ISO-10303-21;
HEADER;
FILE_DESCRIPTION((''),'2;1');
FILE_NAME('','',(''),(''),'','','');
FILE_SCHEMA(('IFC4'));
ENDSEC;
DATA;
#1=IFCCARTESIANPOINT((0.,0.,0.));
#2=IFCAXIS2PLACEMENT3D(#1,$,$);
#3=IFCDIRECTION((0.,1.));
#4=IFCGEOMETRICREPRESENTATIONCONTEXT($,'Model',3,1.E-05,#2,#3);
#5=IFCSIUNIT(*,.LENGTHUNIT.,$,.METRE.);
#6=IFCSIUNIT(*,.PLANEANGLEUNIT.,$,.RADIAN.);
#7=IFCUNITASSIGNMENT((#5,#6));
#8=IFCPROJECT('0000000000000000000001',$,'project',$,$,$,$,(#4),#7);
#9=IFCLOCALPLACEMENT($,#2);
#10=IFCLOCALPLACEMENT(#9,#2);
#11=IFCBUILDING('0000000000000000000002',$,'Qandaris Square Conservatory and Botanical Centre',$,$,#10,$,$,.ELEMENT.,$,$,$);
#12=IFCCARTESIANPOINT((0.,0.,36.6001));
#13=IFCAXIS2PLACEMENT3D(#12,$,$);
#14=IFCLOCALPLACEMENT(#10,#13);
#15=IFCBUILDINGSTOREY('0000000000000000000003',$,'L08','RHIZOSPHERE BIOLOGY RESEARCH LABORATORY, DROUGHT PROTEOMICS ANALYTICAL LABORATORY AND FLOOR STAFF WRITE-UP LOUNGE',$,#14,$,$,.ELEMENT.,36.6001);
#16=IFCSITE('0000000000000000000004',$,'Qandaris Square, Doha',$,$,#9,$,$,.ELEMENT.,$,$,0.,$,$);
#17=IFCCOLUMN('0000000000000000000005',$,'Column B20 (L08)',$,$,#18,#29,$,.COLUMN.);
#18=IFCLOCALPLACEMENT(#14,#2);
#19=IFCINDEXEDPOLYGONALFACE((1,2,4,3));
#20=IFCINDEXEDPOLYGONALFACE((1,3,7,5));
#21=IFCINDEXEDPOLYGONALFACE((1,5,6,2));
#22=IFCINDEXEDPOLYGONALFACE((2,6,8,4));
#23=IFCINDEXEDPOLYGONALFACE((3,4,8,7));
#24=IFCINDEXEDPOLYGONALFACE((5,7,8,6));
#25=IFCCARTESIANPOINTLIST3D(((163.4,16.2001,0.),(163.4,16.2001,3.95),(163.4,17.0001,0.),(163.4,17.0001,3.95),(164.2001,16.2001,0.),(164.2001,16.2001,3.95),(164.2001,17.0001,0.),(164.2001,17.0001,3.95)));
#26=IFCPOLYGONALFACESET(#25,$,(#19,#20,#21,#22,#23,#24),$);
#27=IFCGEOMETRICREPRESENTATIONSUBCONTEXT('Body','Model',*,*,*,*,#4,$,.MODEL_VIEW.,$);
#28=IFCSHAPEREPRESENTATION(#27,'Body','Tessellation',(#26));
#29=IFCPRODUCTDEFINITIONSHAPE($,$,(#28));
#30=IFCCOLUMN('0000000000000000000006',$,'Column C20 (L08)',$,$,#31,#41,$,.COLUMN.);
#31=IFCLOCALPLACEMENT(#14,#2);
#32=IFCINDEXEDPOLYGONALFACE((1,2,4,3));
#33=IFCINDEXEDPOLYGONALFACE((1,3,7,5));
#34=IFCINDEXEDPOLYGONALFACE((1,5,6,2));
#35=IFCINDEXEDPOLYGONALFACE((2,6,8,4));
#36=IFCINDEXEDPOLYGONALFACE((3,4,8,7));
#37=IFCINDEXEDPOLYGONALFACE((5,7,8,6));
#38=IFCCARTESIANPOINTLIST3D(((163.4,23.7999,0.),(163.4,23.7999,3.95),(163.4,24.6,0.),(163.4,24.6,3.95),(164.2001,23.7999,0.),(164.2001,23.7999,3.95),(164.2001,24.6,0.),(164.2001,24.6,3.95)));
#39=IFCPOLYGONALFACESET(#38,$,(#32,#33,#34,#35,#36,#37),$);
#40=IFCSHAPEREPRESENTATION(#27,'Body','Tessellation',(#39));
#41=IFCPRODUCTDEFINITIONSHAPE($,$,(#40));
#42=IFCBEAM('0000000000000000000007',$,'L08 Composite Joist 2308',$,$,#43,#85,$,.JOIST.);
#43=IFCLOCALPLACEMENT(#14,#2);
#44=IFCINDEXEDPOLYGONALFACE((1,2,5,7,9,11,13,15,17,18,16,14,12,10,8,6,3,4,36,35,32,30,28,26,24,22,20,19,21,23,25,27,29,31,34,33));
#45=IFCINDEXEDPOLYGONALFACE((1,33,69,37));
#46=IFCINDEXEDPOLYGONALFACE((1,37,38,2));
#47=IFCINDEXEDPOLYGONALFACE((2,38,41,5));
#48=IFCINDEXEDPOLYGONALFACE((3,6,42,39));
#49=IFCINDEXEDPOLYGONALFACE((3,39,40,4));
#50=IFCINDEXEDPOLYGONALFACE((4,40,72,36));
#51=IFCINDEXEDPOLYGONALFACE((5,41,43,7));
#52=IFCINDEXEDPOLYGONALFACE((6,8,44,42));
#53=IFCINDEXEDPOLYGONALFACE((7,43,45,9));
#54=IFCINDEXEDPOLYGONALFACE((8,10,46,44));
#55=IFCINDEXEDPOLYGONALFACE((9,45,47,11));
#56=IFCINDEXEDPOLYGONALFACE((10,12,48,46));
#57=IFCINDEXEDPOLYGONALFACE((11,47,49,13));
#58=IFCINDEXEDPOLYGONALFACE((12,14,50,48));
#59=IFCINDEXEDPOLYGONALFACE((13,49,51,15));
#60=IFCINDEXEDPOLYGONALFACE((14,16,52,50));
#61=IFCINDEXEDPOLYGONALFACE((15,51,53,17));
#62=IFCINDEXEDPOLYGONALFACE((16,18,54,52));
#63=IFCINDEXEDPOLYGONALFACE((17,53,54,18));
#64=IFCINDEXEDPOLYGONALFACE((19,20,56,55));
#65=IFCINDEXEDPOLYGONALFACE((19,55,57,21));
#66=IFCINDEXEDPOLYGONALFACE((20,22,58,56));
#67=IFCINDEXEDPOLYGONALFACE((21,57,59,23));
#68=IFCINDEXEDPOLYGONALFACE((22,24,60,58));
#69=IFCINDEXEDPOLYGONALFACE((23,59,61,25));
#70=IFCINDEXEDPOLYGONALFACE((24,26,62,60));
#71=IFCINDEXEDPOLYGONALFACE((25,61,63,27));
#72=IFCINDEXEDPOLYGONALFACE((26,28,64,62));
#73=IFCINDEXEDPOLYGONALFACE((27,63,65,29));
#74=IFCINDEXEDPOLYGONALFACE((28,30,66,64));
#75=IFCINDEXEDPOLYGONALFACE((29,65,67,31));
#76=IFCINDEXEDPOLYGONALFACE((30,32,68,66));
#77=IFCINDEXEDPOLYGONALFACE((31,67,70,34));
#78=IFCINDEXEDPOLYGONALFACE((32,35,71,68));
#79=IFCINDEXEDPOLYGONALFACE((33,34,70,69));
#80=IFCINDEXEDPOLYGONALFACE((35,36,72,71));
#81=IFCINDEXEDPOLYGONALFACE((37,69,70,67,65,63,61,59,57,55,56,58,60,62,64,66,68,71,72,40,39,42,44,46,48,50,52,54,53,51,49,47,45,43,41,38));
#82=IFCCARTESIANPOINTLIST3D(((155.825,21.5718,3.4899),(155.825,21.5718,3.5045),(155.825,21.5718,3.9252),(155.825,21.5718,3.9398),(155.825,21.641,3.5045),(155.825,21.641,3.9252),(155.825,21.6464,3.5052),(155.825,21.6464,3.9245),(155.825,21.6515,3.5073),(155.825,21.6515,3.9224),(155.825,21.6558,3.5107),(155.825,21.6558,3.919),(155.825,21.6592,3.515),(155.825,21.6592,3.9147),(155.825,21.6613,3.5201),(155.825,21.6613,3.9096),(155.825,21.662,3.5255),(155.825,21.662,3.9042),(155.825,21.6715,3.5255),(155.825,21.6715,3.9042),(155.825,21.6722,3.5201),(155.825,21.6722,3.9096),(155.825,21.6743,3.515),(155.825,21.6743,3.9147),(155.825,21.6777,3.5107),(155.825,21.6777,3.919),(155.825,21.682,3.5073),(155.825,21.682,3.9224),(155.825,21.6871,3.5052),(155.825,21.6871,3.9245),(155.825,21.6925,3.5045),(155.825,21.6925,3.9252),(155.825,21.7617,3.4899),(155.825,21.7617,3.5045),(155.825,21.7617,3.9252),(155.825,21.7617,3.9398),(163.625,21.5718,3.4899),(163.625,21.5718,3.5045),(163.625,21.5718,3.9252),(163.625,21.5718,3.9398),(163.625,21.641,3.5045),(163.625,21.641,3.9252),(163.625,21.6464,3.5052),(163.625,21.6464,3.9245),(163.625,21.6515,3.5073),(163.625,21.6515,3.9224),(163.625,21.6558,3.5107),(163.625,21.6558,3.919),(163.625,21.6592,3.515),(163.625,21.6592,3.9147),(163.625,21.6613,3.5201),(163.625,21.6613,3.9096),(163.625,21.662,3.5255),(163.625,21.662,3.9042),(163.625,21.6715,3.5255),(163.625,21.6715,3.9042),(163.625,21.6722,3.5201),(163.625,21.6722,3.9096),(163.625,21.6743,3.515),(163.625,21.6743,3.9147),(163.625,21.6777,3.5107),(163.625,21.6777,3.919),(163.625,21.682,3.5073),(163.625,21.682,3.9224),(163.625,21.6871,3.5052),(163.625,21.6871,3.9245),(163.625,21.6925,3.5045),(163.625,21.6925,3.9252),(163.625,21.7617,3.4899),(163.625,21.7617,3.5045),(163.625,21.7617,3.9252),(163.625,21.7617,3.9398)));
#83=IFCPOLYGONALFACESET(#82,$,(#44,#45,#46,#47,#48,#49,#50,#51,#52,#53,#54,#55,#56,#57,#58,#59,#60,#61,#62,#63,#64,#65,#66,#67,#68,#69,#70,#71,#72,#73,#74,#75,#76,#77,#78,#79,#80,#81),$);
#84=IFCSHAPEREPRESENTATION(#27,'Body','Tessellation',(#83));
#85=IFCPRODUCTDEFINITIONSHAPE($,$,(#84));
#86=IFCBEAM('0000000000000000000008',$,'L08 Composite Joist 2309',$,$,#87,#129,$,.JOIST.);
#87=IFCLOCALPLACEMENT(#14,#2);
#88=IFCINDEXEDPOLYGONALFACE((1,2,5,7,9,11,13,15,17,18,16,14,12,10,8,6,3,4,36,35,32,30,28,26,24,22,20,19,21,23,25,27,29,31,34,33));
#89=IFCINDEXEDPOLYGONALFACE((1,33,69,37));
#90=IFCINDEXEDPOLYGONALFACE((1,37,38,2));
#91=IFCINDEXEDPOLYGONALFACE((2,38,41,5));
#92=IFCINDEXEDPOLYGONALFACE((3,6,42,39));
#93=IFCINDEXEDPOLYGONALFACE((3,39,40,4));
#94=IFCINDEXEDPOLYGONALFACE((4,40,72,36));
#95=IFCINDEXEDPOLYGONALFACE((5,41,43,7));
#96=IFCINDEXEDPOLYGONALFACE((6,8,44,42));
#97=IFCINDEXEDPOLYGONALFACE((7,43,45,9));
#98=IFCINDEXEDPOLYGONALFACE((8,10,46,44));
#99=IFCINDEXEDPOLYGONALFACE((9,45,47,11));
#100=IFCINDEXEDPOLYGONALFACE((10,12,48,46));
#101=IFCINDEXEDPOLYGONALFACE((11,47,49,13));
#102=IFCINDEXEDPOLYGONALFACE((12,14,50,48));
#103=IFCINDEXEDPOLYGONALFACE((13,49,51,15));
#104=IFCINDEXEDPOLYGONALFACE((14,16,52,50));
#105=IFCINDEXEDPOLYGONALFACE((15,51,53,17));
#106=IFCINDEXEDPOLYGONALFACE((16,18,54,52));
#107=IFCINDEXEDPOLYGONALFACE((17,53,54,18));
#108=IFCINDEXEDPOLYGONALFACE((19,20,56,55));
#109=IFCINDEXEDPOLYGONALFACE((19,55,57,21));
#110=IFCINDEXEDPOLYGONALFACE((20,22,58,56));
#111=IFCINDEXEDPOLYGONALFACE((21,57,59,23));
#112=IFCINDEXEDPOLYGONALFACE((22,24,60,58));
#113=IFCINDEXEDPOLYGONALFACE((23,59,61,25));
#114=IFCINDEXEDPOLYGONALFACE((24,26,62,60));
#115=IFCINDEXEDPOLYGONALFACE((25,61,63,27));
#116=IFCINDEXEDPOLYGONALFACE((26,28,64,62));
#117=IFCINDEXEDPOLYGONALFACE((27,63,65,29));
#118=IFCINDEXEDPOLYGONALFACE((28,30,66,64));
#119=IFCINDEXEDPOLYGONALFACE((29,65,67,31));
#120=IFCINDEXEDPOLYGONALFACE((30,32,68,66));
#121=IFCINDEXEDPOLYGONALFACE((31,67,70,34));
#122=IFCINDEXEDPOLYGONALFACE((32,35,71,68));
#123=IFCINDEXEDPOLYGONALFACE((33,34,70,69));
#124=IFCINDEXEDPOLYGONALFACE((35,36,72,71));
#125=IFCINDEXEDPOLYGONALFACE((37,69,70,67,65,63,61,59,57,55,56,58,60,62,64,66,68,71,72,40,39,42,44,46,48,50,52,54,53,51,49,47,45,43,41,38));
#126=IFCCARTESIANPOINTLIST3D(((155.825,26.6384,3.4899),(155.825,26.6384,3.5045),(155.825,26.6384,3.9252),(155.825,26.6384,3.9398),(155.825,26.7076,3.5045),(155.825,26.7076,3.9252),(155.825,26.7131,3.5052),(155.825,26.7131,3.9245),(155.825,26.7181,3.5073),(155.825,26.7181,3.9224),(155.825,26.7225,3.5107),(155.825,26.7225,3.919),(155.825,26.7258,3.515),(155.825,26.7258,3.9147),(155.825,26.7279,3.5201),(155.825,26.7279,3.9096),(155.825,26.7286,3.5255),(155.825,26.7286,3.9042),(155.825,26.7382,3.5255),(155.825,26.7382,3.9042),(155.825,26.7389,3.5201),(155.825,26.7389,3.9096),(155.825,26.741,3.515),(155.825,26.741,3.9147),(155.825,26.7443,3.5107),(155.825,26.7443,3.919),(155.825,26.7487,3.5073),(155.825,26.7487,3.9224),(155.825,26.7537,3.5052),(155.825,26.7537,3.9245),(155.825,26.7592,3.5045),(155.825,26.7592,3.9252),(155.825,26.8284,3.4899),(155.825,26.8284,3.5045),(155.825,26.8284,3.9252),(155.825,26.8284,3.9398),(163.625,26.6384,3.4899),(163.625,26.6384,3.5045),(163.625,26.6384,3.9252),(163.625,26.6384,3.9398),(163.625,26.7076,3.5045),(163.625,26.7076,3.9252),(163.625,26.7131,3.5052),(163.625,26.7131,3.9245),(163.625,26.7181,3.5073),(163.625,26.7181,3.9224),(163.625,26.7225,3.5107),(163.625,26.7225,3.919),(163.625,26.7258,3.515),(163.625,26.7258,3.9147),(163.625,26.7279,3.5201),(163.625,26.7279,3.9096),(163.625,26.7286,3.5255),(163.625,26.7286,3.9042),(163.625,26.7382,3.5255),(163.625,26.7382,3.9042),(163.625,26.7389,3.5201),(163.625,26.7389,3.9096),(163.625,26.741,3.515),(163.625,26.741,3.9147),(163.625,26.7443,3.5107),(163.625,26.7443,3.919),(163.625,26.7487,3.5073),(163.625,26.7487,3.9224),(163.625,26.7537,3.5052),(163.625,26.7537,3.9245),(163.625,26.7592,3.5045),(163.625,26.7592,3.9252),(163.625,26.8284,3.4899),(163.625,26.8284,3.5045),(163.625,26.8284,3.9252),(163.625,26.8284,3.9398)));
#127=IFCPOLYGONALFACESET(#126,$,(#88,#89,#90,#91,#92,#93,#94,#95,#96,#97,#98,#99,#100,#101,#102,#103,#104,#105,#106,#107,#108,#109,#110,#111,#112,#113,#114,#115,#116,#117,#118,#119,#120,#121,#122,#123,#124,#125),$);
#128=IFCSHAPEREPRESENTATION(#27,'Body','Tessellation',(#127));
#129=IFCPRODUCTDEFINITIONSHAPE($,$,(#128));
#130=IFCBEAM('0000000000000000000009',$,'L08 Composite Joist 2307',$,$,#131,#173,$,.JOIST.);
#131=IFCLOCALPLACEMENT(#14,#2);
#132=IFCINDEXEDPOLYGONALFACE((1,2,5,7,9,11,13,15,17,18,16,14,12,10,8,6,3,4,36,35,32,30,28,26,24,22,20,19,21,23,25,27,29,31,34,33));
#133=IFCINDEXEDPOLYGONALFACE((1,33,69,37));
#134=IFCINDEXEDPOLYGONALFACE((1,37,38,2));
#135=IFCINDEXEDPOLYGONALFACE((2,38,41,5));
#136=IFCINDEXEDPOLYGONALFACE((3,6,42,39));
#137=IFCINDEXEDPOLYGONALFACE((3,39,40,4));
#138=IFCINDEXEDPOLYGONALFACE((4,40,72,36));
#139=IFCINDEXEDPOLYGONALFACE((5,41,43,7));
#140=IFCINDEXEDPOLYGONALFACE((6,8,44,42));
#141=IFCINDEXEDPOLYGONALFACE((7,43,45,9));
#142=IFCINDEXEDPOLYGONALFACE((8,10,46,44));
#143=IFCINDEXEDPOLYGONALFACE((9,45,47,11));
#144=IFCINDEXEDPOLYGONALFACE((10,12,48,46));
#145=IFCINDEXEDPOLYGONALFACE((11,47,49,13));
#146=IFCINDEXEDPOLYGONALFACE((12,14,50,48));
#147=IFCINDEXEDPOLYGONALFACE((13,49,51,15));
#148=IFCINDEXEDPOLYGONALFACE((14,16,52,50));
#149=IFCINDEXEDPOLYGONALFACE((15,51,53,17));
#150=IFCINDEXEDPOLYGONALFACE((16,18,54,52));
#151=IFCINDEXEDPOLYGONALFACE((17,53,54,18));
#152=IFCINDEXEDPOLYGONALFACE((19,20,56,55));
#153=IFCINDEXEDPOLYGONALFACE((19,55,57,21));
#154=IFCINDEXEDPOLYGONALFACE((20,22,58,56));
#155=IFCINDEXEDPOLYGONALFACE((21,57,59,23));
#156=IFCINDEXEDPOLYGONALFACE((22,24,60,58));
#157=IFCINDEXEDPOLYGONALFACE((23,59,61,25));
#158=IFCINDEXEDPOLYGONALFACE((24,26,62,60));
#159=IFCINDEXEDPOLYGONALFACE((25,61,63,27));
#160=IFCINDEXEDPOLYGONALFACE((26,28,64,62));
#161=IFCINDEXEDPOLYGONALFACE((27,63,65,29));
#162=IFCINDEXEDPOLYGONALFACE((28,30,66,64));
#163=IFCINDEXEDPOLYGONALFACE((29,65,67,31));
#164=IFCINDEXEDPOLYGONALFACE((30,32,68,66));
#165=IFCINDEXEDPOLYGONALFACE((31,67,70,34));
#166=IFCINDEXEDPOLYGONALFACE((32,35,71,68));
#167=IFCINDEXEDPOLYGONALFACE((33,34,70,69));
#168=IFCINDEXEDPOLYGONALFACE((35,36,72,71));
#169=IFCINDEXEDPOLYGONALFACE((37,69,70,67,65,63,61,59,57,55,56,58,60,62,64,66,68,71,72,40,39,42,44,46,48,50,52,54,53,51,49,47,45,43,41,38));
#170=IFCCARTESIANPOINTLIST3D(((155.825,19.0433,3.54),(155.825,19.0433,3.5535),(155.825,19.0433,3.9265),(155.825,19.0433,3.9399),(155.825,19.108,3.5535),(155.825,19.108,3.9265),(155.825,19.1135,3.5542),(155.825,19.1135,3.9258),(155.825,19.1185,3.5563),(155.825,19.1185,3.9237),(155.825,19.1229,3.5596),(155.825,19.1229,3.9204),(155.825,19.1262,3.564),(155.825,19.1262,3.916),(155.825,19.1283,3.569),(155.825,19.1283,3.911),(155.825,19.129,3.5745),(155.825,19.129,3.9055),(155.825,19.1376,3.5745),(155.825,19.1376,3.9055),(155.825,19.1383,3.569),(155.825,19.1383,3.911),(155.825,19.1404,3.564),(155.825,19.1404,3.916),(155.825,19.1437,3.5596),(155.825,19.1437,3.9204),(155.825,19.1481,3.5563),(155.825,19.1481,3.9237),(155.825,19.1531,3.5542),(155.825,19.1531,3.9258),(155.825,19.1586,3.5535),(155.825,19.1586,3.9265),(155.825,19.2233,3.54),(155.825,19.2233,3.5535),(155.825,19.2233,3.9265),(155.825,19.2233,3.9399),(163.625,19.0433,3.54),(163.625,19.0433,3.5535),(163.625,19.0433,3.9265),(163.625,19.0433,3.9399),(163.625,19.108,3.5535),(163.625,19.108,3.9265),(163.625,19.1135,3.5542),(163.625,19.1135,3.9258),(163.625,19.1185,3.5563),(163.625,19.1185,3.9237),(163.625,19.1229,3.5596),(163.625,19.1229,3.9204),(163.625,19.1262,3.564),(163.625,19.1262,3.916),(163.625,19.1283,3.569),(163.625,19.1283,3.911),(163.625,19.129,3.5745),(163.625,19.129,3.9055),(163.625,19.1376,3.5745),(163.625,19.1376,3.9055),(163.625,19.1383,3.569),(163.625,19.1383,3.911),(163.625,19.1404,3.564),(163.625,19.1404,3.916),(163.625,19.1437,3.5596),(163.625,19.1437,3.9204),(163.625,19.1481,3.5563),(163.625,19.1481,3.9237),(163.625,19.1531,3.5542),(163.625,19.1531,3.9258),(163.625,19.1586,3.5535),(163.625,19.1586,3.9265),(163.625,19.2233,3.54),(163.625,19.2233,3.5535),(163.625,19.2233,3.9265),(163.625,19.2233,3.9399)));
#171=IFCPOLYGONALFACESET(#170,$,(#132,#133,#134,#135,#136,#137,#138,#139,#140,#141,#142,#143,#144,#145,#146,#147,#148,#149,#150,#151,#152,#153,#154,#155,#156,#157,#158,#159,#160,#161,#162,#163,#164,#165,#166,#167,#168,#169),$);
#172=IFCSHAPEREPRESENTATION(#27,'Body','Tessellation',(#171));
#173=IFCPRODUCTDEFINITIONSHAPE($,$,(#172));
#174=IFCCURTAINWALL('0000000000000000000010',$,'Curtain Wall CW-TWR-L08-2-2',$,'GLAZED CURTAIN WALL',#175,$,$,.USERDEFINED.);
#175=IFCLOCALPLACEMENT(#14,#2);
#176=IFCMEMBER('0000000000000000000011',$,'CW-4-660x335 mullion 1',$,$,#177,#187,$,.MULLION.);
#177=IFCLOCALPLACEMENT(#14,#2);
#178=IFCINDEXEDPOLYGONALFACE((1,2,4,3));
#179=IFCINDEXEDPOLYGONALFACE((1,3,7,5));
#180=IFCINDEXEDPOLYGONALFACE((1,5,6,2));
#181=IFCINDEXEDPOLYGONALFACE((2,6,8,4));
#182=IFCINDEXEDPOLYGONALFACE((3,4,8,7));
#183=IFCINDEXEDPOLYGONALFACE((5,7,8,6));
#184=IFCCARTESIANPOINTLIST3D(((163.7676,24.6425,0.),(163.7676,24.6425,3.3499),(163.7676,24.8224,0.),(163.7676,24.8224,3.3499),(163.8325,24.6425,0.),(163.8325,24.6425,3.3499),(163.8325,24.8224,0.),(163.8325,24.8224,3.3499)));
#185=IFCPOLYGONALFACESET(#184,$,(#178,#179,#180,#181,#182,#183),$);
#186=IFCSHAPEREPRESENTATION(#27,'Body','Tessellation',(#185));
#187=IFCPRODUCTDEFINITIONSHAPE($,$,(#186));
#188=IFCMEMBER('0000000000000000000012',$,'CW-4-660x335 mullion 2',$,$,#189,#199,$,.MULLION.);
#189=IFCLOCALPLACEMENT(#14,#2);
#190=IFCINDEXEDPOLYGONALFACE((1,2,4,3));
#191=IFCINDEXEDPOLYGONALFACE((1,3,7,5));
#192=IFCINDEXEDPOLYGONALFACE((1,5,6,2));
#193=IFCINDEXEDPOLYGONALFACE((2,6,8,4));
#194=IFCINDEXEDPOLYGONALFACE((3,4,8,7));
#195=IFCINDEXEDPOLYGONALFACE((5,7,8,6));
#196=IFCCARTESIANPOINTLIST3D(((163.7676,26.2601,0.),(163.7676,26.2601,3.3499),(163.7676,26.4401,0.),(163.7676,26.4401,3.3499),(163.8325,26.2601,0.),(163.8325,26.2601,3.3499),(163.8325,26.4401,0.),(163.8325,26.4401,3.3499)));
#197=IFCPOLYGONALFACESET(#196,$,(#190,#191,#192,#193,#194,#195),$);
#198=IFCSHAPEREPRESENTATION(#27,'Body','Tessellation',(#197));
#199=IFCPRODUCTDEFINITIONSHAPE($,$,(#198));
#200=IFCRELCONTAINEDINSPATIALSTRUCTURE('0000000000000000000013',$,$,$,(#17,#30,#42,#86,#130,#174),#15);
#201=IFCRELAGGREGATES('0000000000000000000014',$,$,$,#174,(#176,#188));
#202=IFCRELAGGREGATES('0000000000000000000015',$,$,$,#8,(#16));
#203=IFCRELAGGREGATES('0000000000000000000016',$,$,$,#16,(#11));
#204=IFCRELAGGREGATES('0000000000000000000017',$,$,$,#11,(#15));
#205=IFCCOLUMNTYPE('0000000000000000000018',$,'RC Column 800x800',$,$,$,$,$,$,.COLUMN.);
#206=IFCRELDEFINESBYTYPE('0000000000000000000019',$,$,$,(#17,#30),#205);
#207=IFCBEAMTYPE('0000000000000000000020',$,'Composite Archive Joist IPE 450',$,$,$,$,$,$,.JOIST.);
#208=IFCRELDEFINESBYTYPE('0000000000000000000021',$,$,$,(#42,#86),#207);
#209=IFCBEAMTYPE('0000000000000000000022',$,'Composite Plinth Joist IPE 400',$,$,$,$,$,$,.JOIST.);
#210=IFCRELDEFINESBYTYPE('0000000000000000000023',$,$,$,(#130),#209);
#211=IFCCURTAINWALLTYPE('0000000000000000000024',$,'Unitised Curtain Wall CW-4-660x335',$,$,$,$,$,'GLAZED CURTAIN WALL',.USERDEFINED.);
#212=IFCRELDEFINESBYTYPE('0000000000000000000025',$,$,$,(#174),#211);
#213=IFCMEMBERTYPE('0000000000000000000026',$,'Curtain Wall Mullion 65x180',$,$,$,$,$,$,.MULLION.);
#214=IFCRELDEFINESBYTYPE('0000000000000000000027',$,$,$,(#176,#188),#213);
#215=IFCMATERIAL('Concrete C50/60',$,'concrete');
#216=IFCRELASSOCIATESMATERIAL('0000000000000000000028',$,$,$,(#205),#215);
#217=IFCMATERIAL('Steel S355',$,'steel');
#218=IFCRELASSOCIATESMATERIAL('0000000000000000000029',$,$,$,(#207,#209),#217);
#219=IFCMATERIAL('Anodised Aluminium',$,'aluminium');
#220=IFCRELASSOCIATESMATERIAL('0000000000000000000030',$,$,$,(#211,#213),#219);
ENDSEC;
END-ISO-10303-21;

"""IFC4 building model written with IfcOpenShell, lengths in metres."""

from ifc_helpers import new_model, si_unit, direction, frame, origin, origin_2d, place, context, subcontext, project, spatial, rectangle, i_section, extrude, material, material_profile, profile_set, type_object, element, aggregate, save


model = new_model("IFC4")

# Units and contexts
model_context = context("Model", 3, precision=1e-05, world=origin(), true_north=direction((0.0, 1.0)))
body_context = subcontext(model_context, "Body", "Model", "MODEL_VIEW")
ifc_project = project(units=[si_unit("LENGTHUNIT", "METRE"), si_unit("PLANEANGLEUNIT", "RADIAN")], contexts=[model_context])

# Site, building, storey
site_placement = place(None, origin())
site = spatial("IfcSite", under=ifc_project, at=site_placement, Name="Qandaris Square, Doha", CompositionType="ELEMENT", RefElevation=0.0)
building_placement = place(site_placement, origin())
building = spatial("IfcBuilding", under=site, at=building_placement, Name="Qandaris Square Conservatory and Botanical Centre", CompositionType="ELEMENT")
storey_placement = place(building_placement, frame((0.0, 0.0, 36.6001)))
storey = spatial("IfcBuildingStorey", under=building, at=storey_placement, Name="L08", Description="RHIZOSPHERE BIOLOGY RESEARCH LABORATORY, DROUGHT PROTEOMICS ANALYTICAL LABORATORY AND FLOOR STAFF WRITE-UP LOUNGE", CompositionType="ELEMENT", Elevation=36.6001)

# Columns
ifc_material_1 = material(Name="Concrete C50/60", Category="concrete")
ifc_material_profile_1 = material_profile(ifc_material_1, rectangle(XDim=0.8, YDim=0.8, at=origin_2d()), Name="RC-COL 800x800")
ifc_profile_set_1 = profile_set([ifc_material_profile_1], Name="Concrete C50/60")
column_type = type_object("IfcColumnType", Name="RC Column 800x800", PredefinedType="COLUMN", material=ifc_profile_set_1)
for number, where, z_axis, x_axis, name in (
    (1, (163.8, 16.6001, 0.0), (0.0, 0.0, 1.0), (1.0, 0.0, 0.0), "Column B20 (L08)"),
    (2, (163.8, 24.2, 0.0), (0.0, 0.0, 1.0), (1.0, 0.0, 0.0), "Column C20 (L08)"),
):
    element("IfcColumn", number, at=place(storey_placement, frame(where, z_axis=z_axis, x_axis=x_axis)), inside=storey, type_object=column_type, Name=name, PredefinedType="COLUMN", context=body_context, shape_type="SweptSolid", body=[
        extrude(rectangle(XDim=0.8, YDim=0.8, at=origin_2d()), origin(), (0.0, 0.0, 1.0), 3.95),
    ])

# Beams
ifc_material_2 = material(Name="Steel S355", Category="steel")
ifc_material_profile_2 = material_profile(ifc_material_2, i_section(OverallWidth=0.1899, OverallDepth=0.45, WebThickness=0.0095, FlangeThickness=0.0146, FilletRadius=0.021, at=origin_2d()), Name="IPE 450")
ifc_profile_set_2 = profile_set([ifc_material_profile_2], Name="Steel S355")
beam_type_1 = type_object("IfcBeamType", Name="Composite Archive Joist IPE 450", PredefinedType="JOIST", material=ifc_profile_set_2)
for number, where, z_axis, x_axis, name in (
    (3, (155.825, 21.6667, 3.7148), (1.0, 0.0, 0.0), (0.0, 1.0, 0.0), "L08 Composite Joist 2308"),
    (4, (155.825, 26.7334, 3.7148), (1.0, 0.0, 0.0), (0.0, 1.0, 0.0), "L08 Composite Joist 2309"),
):
    element("IfcBeam", number, at=place(storey_placement, frame(where, z_axis=z_axis, x_axis=x_axis)), inside=storey, type_object=beam_type_1, Name=name, PredefinedType="JOIST", context=body_context, shape_type="SweptSolid", body=[
        extrude(i_section(OverallWidth=0.1899, OverallDepth=0.45, WebThickness=0.0095, FlangeThickness=0.0146, FilletRadius=0.021, at=origin_2d()), origin(), (0.0, 0.0, 1.0), 7.8),
    ])
ifc_material_profile_3 = material_profile(ifc_material_2, i_section(OverallWidth=0.1799, OverallDepth=0.3999, WebThickness=0.0085, FlangeThickness=0.0134, FilletRadius=0.021, at=origin_2d()), Name="IPE 400")
ifc_profile_set_3 = profile_set([ifc_material_profile_3], Name="Steel S355")
beam_type_2 = type_object("IfcBeamType", Name="Composite Plinth Joist IPE 400", PredefinedType="JOIST", material=ifc_profile_set_3)
beam_1_placement = place(storey_placement, frame((155.825, 19.1333, 3.74), z_axis=(1.0, 0.0, 0.0), x_axis=(0.0, 1.0, 0.0)))
element("IfcBeam", 5, at=beam_1_placement, inside=storey, type_object=beam_type_2, Name="L08 Composite Joist 2307", PredefinedType="JOIST", context=body_context, shape_type="SweptSolid", body=[
    extrude(i_section(OverallWidth=0.1799, OverallDepth=0.3999, WebThickness=0.0085, FlangeThickness=0.0134, FilletRadius=0.021, at=origin_2d()), origin(), (0.0, 0.0, 1.0), 7.8),
])

# Curtain wall, members
ifc_material_3 = material(Name="Anodised Aluminium", Category="aluminium")
curtain_wall_type = type_object("IfcCurtainWallType", Name="Unitised Curtain Wall CW-4-660x335", ElementType="GLAZED CURTAIN WALL", PredefinedType="USERDEFINED", material=ifc_material_3)
curtain_wall_placement = place(storey_placement, origin())
curtain_wall = element("IfcCurtainWall", 6, at=curtain_wall_placement, inside=storey, type_object=curtain_wall_type, Name="Curtain Wall CW-TWR-L08-2-2", ObjectType="GLAZED CURTAIN WALL", PredefinedType="USERDEFINED")
ifc_material_profile_4 = material_profile(ifc_material_3, rectangle(XDim=0.0649, YDim=0.1799, at=origin_2d()), Name="ALU-MUL 65x180")
ifc_profile_set_4 = profile_set([ifc_material_profile_4], Name="Anodised Aluminium")
member_type_1 = type_object("IfcMemberType", Name="Curtain Wall Mullion 65x180", PredefinedType="MULLION", material=ifc_profile_set_4)
member_1_placement = place(storey_placement, frame((163.8, 24.7324, 0.0), z_axis=(0.0, 0.0, 1.0), x_axis=(-1.0, 0.0, 0.0)))
member_1 = element("IfcMember", 7, at=member_1_placement, type_object=member_type_1, Name="CW-4-660x335 mullion 1", PredefinedType="MULLION", context=body_context, shape_type="SweptSolid", body=[
    extrude(rectangle(XDim=0.0649, YDim=0.1799, at=origin_2d()), origin(), (0.0, 0.0, 1.0), 3.3499),
])
member_2_placement = place(storey_placement, frame((163.8, 26.3501, 0.0), z_axis=(0.0, 0.0, 1.0), x_axis=(-1.0, 0.0, 0.0)))
member_2 = element("IfcMember", 8, at=member_2_placement, type_object=member_type_1, Name="CW-4-660x335 mullion 2", PredefinedType="MULLION", context=body_context, shape_type="SweptSolid", body=[
    extrude(rectangle(XDim=0.0649, YDim=0.1799, at=origin_2d()), origin(), (0.0, 0.0, 1.0), 3.3499),
])

aggregate(curtain_wall, [member_1, member_2])

save(model, "model.ifc")
